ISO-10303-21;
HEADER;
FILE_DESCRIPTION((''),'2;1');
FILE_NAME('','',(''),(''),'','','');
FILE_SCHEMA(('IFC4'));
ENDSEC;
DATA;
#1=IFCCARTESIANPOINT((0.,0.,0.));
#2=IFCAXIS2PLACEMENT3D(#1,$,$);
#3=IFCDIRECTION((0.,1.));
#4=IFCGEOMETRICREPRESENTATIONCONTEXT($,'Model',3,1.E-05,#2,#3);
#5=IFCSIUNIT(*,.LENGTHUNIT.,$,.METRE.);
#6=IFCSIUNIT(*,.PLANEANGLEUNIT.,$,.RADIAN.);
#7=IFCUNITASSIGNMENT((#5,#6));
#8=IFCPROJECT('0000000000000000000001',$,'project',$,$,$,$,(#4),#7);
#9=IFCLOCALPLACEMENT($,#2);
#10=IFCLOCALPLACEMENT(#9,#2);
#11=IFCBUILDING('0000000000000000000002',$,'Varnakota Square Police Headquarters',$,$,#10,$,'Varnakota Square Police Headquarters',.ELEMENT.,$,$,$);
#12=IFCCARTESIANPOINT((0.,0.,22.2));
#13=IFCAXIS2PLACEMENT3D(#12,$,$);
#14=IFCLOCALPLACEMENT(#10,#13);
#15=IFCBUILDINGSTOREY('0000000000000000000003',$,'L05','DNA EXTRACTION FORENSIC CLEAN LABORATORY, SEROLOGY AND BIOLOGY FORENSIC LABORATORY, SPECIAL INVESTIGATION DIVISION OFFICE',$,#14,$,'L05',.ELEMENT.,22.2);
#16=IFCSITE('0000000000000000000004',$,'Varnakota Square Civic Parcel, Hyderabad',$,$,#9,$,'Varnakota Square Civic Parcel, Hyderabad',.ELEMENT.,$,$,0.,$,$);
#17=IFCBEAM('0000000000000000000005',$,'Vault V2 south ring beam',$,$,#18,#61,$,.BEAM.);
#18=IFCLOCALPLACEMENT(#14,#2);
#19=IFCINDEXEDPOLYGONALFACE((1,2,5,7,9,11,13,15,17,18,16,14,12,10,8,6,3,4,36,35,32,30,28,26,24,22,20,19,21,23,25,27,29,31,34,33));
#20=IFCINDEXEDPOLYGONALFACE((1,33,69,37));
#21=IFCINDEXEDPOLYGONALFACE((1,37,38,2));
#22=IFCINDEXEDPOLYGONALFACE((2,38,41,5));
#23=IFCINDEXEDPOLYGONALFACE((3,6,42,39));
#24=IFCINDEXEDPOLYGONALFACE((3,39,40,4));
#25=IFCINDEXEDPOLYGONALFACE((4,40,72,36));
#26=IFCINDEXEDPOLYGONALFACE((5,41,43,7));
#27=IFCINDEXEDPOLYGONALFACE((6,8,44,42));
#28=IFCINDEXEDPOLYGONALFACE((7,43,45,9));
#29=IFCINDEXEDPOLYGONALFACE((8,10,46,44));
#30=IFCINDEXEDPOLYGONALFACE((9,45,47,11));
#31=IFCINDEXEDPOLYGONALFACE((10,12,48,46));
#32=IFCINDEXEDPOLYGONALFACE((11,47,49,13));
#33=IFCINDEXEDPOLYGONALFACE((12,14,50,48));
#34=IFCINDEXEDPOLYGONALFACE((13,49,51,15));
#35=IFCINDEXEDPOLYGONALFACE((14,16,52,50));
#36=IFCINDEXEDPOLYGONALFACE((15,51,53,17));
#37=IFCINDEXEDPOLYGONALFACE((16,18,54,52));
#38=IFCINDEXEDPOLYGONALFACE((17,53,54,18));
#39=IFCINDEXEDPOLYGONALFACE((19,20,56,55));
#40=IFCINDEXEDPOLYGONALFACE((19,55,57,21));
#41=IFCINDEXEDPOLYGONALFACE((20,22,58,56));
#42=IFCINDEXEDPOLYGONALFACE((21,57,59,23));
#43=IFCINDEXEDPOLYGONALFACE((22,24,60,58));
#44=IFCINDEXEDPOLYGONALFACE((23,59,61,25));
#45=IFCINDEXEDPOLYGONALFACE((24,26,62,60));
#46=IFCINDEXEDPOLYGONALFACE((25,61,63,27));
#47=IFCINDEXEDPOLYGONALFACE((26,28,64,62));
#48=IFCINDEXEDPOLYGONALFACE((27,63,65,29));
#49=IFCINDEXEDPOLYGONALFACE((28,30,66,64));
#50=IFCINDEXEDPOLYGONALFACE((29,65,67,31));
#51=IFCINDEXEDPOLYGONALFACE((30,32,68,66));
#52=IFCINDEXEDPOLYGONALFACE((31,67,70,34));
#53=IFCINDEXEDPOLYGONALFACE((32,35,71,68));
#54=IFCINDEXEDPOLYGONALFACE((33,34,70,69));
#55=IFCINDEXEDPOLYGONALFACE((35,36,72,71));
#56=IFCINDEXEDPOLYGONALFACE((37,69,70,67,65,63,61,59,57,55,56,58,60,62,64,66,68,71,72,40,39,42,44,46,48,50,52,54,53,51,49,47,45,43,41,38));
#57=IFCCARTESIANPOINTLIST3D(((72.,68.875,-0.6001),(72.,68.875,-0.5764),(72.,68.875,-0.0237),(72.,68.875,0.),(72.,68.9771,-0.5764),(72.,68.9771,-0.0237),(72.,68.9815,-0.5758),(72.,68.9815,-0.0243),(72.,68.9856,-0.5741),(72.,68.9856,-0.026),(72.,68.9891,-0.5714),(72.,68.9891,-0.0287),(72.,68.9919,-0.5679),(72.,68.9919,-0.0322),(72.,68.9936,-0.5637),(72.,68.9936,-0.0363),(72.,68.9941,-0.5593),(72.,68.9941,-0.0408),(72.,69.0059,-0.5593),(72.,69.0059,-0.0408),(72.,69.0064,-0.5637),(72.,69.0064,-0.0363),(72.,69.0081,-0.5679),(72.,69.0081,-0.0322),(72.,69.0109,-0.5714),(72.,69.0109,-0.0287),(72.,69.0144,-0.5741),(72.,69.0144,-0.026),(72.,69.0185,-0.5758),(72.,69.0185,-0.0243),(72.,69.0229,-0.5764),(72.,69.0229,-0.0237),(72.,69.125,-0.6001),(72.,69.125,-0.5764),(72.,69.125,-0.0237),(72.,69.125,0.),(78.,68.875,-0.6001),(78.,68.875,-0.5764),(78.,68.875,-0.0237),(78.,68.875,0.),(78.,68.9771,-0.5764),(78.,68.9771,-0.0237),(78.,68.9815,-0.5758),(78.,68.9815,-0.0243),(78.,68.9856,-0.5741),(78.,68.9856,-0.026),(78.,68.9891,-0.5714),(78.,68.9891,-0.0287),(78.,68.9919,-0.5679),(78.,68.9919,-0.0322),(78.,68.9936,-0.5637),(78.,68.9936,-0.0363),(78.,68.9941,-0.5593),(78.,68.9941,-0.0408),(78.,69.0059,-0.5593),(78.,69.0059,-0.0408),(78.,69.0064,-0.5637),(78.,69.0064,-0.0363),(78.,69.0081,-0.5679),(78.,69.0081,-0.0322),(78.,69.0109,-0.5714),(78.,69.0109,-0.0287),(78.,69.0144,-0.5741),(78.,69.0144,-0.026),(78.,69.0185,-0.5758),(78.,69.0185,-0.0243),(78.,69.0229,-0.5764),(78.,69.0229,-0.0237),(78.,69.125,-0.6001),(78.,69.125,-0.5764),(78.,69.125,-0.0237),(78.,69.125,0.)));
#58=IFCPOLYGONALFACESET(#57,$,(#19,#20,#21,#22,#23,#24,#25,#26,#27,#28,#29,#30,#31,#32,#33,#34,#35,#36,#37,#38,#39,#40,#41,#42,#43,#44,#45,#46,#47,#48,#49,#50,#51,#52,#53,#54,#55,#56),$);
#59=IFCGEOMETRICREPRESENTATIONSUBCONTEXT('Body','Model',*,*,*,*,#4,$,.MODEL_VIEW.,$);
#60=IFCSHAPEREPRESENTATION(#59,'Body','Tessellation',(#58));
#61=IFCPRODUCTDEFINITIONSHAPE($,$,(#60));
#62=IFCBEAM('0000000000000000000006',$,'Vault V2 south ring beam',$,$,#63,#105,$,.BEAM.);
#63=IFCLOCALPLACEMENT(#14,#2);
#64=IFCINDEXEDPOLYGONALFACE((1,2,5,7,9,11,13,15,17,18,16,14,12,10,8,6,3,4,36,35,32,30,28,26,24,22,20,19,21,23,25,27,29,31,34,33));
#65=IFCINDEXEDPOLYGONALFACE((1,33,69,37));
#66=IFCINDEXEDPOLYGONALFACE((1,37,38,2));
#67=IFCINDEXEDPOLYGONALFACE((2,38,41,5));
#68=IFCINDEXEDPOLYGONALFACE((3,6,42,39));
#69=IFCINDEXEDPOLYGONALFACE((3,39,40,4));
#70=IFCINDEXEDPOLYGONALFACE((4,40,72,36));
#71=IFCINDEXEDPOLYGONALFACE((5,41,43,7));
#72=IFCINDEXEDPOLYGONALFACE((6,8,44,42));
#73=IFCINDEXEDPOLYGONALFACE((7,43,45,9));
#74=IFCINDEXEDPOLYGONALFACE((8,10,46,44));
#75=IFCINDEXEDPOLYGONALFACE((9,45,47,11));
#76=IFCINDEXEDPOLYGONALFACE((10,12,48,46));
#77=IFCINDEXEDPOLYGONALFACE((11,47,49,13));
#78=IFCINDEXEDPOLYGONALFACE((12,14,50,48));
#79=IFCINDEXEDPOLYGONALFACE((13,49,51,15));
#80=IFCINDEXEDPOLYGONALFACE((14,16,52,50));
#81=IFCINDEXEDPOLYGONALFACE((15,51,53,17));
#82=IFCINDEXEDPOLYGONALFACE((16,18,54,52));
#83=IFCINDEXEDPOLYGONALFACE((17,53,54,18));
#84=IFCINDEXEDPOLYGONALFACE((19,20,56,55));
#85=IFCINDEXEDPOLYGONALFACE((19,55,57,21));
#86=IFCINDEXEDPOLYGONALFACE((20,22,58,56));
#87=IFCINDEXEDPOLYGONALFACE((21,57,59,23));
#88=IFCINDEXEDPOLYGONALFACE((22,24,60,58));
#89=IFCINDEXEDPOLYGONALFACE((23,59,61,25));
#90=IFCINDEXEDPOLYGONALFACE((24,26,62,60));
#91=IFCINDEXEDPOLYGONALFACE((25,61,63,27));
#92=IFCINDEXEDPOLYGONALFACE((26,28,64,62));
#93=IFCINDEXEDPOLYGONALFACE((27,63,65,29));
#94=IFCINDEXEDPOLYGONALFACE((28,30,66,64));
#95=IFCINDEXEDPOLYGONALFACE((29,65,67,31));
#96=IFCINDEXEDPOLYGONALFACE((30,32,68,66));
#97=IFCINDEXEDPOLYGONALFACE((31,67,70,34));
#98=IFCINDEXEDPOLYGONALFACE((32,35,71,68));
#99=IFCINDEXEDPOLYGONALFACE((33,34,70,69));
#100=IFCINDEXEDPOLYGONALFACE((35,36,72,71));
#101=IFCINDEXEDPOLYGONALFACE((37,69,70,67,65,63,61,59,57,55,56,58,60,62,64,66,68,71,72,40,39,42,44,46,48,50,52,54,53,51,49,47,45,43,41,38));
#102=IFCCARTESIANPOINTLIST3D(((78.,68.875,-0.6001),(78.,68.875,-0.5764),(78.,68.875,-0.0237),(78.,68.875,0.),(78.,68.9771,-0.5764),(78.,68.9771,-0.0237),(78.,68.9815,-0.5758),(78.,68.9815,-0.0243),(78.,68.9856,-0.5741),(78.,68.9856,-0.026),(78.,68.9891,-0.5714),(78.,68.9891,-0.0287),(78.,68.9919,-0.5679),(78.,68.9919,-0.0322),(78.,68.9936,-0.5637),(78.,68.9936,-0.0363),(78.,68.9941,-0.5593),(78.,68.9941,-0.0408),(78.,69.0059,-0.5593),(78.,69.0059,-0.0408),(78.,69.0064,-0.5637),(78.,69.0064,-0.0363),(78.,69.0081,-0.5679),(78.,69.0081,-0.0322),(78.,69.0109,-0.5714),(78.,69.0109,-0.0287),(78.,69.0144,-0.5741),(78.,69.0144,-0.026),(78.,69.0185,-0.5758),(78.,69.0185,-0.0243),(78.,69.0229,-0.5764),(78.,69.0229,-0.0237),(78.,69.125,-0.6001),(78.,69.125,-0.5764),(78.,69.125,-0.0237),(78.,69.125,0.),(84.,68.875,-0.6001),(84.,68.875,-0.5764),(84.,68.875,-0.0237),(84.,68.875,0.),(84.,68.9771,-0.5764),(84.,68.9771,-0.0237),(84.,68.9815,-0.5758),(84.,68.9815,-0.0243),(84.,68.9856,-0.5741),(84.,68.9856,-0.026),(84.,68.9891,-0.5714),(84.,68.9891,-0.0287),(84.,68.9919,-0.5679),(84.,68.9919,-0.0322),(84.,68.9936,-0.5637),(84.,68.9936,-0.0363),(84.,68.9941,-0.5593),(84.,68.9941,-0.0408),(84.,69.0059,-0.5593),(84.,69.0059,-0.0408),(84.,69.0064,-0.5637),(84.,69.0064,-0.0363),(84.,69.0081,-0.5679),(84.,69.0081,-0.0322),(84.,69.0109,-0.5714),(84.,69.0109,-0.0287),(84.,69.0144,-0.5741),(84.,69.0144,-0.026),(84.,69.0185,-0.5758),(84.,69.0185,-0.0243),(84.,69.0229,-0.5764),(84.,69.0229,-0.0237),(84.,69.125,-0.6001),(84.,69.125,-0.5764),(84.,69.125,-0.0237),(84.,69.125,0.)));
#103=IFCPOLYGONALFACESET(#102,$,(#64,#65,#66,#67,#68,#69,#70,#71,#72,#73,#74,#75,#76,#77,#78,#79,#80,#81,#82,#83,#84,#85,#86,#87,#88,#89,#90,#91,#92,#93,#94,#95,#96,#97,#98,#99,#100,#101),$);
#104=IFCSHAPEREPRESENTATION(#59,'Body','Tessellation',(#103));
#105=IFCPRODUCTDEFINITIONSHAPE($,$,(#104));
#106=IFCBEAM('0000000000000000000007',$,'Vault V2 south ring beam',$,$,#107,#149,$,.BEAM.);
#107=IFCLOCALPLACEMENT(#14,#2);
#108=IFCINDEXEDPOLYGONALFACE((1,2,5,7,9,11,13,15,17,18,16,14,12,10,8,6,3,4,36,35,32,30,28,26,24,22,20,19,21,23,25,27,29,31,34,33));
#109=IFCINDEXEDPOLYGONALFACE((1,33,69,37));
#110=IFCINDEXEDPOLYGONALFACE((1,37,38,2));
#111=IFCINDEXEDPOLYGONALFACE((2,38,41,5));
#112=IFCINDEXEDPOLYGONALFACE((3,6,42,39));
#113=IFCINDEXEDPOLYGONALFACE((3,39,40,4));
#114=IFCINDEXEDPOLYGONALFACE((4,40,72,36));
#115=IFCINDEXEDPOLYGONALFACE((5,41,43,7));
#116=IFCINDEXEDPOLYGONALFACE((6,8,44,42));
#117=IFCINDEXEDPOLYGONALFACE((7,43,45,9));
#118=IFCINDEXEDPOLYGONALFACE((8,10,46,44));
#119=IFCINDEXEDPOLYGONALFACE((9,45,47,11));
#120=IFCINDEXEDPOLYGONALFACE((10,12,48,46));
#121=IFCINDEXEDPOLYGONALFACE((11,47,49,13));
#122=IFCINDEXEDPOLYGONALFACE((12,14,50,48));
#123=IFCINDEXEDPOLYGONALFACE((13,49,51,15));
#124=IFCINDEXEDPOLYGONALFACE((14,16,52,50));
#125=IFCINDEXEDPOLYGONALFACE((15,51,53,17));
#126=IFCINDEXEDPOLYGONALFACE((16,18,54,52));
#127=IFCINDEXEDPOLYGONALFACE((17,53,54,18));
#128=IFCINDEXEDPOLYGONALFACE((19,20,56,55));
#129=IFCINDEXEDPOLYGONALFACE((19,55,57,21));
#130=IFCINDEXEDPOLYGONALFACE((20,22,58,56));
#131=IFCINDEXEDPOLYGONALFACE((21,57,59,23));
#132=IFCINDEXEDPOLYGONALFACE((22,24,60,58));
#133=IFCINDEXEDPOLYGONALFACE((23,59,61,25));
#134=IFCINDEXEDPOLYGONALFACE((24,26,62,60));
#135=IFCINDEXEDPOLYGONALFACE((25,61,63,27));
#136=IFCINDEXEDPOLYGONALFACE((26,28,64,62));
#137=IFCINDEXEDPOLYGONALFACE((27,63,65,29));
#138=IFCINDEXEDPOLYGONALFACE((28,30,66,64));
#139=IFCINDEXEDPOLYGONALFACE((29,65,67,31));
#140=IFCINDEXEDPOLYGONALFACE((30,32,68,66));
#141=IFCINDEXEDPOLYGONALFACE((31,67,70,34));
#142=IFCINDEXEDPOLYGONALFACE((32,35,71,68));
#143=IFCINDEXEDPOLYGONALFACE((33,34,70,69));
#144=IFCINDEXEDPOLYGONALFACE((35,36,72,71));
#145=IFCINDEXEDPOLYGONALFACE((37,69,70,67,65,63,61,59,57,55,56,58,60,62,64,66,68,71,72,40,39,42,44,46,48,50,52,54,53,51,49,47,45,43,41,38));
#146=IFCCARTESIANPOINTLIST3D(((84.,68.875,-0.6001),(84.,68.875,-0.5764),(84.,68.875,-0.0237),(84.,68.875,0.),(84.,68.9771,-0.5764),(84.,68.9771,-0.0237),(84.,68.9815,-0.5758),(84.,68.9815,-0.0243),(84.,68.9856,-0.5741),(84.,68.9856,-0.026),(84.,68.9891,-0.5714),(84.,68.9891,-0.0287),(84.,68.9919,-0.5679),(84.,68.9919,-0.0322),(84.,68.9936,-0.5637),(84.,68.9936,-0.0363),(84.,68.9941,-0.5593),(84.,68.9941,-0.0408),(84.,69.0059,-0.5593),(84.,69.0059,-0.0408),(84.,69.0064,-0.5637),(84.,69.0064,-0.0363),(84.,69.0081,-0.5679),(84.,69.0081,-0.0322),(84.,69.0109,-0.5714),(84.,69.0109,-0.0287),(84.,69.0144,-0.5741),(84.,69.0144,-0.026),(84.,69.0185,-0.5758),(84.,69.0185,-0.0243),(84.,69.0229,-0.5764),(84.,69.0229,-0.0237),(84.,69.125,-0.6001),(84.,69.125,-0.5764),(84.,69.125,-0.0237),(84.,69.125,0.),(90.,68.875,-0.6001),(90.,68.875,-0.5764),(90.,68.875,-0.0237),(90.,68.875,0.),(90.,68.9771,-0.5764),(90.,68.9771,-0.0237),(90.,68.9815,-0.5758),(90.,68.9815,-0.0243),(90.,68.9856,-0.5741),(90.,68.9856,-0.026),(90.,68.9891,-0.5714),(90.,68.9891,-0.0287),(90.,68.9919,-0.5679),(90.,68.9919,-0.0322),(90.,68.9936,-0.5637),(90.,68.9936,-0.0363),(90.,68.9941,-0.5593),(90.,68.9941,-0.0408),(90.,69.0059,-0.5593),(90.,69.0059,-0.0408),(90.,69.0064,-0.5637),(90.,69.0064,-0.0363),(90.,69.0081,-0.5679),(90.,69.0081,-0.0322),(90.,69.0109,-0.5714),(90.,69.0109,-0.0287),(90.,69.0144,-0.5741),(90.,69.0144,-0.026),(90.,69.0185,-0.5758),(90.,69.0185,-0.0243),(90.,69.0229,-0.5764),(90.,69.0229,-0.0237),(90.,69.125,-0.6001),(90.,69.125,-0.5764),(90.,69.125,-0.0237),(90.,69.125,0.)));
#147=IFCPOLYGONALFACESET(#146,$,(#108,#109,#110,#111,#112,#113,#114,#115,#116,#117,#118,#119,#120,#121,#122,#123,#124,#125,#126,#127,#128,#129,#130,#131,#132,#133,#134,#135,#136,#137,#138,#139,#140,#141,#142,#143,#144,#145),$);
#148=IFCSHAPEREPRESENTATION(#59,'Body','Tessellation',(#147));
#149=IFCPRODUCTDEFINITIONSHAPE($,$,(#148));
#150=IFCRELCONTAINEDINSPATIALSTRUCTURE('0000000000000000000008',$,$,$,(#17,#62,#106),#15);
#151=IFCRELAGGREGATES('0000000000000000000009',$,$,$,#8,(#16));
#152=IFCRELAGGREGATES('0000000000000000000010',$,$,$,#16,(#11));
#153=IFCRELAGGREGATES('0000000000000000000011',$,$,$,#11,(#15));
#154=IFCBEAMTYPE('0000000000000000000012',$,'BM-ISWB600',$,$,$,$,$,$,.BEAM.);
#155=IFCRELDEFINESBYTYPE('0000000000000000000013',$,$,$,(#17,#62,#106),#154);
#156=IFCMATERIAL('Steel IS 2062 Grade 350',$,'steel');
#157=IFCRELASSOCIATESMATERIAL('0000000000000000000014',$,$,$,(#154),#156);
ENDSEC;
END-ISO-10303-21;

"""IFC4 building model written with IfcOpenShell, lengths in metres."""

from ifc_helpers import new_model, si_unit, direction, frame, origin, origin_2d, place, context, subcontext, project, spatial, i_section, extrude, material, material_profile, profile_set, type_object, element, save


model = new_model("IFC4")

# Units and contexts
model_context = context("Model", 3, precision=1e-05, world=origin(), true_north=direction((0.0, 1.0)))
body_context = subcontext(model_context, "Body", "Model", "MODEL_VIEW")
ifc_project = project(units=[si_unit("LENGTHUNIT", "METRE"), si_unit("PLANEANGLEUNIT", "RADIAN")], contexts=[model_context])

# Site, building, storey
site_placement = place(None, origin())
site = spatial("IfcSite", under=ifc_project, at=site_placement, Name="Varnakota Square Civic Parcel, Hyderabad", LongName="Varnakota Square Civic Parcel, Hyderabad", CompositionType="ELEMENT", RefElevation=0.0)
building_placement = place(site_placement, origin())
building = spatial("IfcBuilding", under=site, at=building_placement, Name="Varnakota Square Police Headquarters", LongName="Varnakota Square Police Headquarters", CompositionType="ELEMENT")
storey_placement = place(building_placement, frame((0.0, 0.0, 22.2)))
storey = spatial("IfcBuildingStorey", under=building, at=storey_placement, Name="L05", Description="DNA EXTRACTION FORENSIC CLEAN LABORATORY, SEROLOGY AND BIOLOGY FORENSIC LABORATORY, SPECIAL INVESTIGATION DIVISION OFFICE", LongName="L05", CompositionType="ELEMENT", Elevation=22.2)

# Beams
ifc_material_1 = material(Name="Steel IS 2062 Grade 350", Category="steel")
ifc_material_profile_1 = material_profile(ifc_material_1, i_section(OverallWidth=0.25, OverallDepth=0.6001, WebThickness=0.0117, FlangeThickness=0.0237, FilletRadius=0.0171, at=origin_2d()), Name="ISWB 600")
ifc_profile_set_1 = profile_set([ifc_material_profile_1], Name="Steel IS 2062 Grade 350")
beam_type_1 = type_object("IfcBeamType", Name="BM-ISWB600", PredefinedType="BEAM", material=ifc_profile_set_1)
for number, where, z_axis, x_axis, name in (
    (1, (72.0, 69.0, -0.3), (1.0, 0.0, 0.0), (0.0, 1.0, 0.0), "Vault V2 south ring beam"),
    (2, (78.0, 69.0, -0.3), (1.0, 0.0, 0.0), (0.0, 1.0, 0.0), "Vault V2 south ring beam"),
    (3, (84.0, 69.0, -0.3), (1.0, 0.0, 0.0), (0.0, 1.0, 0.0), "Vault V2 south ring beam"),
):
    element("IfcBeam", number, at=place(storey_placement, frame(where, z_axis=z_axis, x_axis=x_axis)), inside=storey, type_object=beam_type_1, Name=name, PredefinedType="BEAM", context=body_context, shape_type="SweptSolid", body=[
        extrude(i_section(OverallWidth=0.25, OverallDepth=0.6001, WebThickness=0.0117, FlangeThickness=0.0237, FilletRadius=0.0171, at=origin_2d()), origin(), (0.0, 0.0, 1.0), 6.0),
    ])

save(model, "model.ifc")
